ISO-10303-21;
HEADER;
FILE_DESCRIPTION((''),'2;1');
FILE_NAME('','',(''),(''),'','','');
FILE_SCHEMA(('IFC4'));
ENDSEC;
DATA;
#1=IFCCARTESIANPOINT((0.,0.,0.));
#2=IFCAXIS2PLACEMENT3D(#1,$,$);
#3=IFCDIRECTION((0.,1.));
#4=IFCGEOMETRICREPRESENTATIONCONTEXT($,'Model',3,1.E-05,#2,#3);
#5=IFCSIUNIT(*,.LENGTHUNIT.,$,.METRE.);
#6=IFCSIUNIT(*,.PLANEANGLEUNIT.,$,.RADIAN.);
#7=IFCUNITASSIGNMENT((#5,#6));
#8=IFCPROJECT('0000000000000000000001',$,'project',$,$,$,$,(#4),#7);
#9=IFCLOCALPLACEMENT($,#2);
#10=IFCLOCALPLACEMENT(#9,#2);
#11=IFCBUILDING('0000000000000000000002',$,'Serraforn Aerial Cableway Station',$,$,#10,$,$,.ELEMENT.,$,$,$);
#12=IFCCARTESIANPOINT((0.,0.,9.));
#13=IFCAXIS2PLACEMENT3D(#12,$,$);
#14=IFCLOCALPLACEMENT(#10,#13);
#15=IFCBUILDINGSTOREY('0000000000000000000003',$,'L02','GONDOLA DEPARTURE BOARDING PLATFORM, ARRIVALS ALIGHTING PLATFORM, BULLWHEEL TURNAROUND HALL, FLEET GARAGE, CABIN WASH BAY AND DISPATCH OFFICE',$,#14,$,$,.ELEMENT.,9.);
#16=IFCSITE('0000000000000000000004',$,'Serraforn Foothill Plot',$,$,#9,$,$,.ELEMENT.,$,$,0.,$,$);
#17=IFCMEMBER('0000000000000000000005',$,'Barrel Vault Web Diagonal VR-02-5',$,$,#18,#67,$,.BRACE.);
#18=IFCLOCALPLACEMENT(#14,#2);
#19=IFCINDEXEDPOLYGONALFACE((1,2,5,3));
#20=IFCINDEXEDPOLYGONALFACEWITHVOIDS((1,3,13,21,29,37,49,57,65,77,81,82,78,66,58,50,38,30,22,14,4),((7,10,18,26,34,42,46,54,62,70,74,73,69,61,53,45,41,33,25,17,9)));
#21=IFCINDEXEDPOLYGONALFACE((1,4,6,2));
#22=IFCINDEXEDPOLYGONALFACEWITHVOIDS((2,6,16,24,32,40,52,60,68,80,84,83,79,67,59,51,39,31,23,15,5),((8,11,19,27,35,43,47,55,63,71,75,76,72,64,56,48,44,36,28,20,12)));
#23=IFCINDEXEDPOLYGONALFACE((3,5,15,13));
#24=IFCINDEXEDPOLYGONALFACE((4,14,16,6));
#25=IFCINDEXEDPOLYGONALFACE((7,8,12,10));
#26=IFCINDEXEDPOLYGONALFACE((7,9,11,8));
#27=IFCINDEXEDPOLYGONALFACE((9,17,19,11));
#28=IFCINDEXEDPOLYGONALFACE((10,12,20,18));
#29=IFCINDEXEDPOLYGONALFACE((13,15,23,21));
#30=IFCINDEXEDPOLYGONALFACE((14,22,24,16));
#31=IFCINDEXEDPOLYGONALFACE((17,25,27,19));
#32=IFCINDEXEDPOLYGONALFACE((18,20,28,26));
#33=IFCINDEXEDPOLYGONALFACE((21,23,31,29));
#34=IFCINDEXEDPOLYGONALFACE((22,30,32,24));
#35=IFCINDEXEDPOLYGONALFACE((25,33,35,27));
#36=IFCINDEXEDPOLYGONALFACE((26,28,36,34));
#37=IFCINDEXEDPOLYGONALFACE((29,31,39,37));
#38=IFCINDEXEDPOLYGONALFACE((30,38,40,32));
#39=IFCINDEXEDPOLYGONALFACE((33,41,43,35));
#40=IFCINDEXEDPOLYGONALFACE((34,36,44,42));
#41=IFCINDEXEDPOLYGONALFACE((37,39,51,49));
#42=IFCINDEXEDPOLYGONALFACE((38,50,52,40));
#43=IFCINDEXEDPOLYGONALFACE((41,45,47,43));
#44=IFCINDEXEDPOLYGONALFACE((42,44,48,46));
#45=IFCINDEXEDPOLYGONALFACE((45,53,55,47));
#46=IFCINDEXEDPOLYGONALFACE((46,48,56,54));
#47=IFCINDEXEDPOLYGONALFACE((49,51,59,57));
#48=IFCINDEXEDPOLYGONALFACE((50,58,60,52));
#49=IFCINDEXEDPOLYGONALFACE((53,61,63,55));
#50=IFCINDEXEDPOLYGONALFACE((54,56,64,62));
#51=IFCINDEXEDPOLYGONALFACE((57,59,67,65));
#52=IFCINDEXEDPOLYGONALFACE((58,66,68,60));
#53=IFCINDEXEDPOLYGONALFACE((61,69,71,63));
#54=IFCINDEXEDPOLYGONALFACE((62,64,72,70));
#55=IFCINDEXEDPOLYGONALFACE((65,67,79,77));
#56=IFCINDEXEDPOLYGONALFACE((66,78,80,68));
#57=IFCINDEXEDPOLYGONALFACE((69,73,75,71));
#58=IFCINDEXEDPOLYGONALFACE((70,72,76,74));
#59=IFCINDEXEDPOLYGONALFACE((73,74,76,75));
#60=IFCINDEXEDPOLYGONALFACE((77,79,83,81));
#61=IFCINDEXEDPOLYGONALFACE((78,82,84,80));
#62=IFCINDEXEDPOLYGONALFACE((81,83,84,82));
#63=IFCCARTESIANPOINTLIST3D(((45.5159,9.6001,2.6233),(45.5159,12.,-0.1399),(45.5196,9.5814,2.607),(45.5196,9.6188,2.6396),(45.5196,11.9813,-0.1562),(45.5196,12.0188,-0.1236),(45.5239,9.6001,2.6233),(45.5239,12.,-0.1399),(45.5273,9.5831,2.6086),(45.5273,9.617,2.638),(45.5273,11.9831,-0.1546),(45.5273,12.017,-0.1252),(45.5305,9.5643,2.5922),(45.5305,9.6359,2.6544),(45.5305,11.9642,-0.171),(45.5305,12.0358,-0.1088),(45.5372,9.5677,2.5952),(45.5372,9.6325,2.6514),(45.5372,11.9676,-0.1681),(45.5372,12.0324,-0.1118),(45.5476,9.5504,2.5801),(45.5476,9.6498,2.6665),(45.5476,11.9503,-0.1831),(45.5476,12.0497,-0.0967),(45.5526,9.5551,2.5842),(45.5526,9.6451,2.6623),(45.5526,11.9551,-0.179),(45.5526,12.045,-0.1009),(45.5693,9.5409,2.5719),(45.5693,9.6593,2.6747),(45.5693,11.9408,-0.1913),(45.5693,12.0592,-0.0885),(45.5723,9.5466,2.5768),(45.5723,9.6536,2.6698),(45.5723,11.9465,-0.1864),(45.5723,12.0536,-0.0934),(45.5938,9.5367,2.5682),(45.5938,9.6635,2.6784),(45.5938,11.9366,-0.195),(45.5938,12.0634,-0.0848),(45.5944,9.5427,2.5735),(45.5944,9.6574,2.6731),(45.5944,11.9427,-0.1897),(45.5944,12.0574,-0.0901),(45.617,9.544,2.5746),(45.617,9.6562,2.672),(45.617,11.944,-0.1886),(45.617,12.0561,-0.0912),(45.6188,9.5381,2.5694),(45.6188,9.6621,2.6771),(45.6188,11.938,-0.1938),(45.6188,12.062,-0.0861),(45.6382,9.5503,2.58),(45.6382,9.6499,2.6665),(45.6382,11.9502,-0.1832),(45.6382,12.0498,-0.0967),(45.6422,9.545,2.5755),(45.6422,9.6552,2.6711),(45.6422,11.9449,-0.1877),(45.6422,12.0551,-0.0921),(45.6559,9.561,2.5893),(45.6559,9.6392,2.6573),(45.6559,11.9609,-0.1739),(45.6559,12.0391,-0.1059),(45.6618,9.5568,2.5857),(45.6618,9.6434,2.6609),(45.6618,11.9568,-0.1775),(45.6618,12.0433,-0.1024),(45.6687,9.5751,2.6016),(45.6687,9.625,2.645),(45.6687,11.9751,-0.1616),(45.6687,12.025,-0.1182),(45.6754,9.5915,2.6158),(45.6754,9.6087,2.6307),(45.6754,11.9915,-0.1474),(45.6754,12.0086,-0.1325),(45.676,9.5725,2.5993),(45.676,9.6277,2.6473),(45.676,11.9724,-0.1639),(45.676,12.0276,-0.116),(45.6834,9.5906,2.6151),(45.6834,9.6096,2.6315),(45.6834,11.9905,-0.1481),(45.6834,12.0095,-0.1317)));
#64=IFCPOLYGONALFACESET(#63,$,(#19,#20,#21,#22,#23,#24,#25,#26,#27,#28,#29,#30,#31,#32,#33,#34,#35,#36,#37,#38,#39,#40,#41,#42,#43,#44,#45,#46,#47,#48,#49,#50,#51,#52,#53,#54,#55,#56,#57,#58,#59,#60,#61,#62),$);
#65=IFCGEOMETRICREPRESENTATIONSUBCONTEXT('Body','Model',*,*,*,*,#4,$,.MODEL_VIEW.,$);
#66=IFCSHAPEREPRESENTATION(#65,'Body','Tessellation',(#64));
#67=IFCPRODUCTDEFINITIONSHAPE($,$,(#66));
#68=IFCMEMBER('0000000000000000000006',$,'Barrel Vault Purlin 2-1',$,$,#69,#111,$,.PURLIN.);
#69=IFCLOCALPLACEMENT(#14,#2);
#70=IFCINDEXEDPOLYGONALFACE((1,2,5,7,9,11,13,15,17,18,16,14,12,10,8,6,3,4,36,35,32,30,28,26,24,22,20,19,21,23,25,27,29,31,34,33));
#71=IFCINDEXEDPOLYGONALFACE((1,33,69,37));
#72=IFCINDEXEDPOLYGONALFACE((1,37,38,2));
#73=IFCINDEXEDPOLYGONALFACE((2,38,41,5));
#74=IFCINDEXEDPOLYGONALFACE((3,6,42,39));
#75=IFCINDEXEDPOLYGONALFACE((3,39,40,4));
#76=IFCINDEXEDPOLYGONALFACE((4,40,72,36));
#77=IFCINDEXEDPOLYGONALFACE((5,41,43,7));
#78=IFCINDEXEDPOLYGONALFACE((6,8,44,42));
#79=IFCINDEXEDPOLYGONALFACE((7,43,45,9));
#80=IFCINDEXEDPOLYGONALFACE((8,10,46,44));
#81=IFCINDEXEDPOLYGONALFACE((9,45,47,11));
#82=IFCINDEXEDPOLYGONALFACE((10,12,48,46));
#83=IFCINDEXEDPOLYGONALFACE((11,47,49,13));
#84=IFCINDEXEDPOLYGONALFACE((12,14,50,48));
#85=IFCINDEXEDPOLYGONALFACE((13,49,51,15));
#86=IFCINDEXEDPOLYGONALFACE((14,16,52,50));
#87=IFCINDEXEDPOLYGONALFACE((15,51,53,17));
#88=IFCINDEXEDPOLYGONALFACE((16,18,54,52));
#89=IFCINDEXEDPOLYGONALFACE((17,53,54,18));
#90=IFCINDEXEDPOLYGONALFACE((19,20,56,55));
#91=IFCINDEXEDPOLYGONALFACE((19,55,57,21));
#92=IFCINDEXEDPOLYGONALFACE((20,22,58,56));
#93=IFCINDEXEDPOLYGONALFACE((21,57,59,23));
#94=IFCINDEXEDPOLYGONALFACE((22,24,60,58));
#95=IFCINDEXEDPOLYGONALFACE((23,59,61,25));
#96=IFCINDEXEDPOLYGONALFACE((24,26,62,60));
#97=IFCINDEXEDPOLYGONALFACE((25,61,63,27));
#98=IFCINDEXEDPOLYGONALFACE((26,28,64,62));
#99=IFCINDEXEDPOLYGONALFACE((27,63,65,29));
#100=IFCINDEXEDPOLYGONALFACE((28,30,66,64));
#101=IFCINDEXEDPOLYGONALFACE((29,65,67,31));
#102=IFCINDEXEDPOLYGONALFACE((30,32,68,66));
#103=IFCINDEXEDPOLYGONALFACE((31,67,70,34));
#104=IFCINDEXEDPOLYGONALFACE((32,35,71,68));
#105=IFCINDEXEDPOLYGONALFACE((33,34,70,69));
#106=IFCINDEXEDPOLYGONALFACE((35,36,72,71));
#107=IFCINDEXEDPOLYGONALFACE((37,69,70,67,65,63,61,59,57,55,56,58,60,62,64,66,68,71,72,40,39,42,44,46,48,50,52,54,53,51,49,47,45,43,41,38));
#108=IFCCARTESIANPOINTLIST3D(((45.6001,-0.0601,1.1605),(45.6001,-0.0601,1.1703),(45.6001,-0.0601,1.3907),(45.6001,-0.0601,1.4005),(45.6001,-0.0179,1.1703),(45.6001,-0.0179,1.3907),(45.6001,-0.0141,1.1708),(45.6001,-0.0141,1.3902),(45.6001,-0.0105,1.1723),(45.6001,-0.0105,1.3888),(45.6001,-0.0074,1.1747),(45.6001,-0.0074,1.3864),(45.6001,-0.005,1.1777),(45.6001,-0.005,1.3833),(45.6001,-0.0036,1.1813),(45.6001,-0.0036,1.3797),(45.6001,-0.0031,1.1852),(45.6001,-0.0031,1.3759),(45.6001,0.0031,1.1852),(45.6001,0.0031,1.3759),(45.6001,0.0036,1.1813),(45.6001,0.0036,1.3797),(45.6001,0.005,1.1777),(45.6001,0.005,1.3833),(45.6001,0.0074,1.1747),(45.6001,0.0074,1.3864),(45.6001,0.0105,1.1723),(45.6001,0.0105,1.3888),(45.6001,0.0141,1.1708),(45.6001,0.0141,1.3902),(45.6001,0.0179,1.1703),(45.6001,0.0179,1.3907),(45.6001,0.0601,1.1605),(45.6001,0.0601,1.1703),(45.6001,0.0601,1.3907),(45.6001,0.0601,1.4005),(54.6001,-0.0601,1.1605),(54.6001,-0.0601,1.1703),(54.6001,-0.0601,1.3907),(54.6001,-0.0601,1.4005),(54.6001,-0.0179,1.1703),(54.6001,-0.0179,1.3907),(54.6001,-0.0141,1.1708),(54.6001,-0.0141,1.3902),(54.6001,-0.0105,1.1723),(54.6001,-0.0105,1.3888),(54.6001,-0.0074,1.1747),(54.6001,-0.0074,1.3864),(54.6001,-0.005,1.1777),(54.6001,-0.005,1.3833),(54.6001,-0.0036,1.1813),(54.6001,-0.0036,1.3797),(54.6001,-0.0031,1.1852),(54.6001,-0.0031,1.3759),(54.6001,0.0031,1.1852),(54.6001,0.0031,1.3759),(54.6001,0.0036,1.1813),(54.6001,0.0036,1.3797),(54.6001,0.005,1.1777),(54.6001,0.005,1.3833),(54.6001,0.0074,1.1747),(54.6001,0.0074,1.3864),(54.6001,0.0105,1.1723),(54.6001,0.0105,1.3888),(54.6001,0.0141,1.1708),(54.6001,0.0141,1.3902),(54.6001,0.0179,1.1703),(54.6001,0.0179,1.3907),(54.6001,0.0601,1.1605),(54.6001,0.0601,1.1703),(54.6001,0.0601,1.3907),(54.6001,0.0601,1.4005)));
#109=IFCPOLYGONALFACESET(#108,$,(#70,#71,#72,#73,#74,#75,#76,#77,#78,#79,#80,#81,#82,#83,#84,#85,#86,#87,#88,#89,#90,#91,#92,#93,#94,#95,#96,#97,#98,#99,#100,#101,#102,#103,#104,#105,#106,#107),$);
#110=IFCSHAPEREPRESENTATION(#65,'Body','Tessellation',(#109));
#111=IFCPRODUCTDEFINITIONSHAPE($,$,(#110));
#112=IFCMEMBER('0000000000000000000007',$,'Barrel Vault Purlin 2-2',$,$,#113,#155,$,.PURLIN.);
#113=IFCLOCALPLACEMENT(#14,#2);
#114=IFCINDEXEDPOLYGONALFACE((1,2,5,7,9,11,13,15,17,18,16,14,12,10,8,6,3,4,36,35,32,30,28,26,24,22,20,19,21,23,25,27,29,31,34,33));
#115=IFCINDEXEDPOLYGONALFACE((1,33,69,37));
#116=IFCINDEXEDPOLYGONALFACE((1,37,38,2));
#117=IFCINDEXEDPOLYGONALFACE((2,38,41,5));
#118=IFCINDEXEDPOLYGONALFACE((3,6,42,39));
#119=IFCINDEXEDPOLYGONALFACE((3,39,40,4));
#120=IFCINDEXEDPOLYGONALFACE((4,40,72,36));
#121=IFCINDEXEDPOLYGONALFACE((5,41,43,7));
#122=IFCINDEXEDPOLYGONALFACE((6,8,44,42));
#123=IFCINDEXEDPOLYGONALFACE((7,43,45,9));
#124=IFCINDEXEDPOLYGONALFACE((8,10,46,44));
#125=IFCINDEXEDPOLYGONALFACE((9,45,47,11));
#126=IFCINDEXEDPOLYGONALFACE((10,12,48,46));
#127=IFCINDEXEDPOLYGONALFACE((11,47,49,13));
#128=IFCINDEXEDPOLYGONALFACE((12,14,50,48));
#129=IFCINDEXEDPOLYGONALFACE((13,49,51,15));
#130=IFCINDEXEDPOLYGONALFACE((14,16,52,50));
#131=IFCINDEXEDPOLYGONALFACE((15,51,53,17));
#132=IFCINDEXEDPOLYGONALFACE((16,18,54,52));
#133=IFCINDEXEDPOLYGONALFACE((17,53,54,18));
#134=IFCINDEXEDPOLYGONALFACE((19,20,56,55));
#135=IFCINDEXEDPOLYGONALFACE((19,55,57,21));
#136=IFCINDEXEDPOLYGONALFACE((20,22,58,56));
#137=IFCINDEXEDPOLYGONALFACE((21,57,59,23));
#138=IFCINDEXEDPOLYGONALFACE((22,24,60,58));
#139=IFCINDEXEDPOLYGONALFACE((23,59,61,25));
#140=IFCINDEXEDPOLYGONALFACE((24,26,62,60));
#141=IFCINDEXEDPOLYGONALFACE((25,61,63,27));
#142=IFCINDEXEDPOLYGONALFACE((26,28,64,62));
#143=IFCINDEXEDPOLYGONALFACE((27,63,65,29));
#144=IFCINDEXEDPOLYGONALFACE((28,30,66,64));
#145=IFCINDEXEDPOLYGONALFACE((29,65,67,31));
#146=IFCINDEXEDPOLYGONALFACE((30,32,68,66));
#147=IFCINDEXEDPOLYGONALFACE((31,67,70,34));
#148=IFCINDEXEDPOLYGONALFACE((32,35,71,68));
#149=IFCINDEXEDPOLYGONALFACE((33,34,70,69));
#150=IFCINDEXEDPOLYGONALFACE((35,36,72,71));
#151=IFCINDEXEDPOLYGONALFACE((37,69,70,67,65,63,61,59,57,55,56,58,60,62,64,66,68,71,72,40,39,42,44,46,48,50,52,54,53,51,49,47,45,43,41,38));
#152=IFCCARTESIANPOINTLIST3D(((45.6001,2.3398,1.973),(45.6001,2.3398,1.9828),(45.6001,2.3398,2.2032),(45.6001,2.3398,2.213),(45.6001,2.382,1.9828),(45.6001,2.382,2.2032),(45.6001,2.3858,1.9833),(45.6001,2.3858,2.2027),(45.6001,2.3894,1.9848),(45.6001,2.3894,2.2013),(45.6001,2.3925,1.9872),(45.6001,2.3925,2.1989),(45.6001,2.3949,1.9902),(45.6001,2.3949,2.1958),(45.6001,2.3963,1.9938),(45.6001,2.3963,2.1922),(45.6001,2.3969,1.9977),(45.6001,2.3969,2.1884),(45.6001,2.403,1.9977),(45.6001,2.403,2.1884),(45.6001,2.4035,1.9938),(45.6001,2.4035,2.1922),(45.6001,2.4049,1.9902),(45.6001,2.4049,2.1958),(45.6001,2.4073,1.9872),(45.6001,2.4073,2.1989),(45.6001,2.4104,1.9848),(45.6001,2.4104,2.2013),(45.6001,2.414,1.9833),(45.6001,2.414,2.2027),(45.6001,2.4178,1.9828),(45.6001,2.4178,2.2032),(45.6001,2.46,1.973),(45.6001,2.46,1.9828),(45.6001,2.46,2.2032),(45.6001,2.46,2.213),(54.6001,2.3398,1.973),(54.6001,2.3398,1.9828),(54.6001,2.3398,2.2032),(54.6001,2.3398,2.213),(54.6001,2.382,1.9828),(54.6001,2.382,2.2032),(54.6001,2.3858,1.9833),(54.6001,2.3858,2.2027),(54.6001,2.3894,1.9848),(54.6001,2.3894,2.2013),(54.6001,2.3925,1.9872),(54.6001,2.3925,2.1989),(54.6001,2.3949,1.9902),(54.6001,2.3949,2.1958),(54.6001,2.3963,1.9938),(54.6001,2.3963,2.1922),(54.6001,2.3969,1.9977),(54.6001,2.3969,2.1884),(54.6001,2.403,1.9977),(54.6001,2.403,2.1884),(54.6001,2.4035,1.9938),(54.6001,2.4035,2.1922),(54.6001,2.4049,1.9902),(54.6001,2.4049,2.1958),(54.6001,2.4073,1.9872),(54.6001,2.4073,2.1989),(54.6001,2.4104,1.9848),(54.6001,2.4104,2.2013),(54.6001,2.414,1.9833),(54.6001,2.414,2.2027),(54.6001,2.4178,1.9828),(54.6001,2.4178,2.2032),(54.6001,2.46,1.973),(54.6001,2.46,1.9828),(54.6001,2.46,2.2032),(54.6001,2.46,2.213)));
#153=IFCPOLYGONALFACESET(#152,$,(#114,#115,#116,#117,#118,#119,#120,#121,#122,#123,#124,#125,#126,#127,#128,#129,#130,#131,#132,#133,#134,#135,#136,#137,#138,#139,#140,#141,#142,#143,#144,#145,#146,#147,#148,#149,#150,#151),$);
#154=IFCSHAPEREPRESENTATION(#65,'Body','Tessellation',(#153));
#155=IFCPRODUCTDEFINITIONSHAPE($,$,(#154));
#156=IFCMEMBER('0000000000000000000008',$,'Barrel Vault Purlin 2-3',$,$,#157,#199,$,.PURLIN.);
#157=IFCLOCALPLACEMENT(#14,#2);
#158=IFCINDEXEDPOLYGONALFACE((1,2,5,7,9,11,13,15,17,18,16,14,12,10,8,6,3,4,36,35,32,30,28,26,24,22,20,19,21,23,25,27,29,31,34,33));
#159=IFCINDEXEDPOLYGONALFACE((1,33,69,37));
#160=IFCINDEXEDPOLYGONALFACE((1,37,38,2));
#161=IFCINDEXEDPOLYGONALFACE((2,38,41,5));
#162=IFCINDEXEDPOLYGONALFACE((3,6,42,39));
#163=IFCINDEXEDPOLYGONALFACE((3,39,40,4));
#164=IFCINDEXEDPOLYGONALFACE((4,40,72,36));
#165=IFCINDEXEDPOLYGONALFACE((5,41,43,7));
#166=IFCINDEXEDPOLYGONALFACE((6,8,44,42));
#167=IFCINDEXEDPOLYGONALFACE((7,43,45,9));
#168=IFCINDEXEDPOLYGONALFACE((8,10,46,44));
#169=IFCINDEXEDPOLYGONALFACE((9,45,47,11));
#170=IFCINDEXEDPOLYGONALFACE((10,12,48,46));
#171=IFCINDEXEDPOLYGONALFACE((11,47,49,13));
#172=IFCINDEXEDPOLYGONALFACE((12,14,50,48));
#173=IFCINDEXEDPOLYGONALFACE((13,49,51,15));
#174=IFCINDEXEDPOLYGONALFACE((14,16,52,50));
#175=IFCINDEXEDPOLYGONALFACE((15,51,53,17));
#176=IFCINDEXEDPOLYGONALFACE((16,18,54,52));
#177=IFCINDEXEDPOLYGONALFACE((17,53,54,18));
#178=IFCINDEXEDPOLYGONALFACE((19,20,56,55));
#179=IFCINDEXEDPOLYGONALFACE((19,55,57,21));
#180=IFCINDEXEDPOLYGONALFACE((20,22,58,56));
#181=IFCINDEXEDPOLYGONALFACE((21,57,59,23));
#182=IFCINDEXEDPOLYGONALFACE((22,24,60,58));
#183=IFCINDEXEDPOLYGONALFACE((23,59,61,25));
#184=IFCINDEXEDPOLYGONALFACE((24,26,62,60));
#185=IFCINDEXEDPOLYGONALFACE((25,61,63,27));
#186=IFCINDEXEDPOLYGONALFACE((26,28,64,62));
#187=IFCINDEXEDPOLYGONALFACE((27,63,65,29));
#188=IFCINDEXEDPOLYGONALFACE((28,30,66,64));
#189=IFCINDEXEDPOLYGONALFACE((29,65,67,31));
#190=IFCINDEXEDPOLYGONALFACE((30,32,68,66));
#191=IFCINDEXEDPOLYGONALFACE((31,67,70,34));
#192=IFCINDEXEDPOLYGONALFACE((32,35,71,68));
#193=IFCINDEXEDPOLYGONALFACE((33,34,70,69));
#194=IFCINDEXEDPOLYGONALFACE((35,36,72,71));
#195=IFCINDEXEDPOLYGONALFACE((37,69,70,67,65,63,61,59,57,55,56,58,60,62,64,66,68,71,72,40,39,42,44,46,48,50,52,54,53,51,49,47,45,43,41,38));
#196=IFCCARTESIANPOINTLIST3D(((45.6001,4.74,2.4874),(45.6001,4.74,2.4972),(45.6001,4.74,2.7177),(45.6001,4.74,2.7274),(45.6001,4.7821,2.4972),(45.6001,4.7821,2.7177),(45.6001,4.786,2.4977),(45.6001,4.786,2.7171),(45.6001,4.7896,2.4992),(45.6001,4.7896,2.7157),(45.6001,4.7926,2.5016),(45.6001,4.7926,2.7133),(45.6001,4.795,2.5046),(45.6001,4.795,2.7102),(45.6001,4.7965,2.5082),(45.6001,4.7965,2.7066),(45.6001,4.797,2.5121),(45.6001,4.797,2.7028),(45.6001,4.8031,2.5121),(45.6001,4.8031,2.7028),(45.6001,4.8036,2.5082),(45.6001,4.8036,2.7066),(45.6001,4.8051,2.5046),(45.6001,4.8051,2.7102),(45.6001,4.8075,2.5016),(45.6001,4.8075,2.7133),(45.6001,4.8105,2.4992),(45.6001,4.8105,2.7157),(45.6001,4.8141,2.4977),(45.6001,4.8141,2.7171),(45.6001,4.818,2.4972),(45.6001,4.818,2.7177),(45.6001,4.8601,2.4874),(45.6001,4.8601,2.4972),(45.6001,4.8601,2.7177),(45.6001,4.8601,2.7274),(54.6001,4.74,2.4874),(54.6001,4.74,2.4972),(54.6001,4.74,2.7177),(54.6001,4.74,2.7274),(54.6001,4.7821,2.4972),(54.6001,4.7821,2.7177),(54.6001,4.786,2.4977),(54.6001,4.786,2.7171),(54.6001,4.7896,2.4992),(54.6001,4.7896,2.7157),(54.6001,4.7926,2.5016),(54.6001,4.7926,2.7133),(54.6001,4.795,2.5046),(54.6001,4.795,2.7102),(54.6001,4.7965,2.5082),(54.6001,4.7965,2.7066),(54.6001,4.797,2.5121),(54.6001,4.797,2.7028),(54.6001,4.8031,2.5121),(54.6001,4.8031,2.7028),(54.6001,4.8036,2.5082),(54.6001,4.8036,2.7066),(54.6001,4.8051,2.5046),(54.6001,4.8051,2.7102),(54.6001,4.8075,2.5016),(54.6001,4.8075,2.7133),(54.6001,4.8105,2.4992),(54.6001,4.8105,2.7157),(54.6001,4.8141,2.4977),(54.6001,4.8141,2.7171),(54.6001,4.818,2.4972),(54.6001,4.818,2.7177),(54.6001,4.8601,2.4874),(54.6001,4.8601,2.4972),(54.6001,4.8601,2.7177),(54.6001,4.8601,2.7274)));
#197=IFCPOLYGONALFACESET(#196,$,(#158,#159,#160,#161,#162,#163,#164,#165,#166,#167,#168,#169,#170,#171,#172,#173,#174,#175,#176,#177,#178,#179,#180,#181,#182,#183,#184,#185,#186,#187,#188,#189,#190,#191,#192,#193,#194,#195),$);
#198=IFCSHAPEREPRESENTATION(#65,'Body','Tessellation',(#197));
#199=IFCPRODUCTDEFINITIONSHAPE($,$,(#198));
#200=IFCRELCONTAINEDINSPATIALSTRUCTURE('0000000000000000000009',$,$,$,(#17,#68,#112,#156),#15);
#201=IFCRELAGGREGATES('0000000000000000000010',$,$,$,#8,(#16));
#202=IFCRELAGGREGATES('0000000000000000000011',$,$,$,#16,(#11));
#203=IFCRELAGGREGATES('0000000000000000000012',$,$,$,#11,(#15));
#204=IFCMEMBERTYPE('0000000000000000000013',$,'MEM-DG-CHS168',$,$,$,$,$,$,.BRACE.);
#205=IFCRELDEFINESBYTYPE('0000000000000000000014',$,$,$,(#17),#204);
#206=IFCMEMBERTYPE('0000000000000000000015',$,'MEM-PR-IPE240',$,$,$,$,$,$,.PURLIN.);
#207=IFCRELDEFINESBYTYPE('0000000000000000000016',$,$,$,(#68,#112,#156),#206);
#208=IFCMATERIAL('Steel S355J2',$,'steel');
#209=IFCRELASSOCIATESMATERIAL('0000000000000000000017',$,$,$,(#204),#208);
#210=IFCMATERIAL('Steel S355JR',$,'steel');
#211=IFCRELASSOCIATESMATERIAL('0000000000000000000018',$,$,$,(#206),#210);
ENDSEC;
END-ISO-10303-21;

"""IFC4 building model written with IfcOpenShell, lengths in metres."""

from ifc_helpers import new_model, si_unit, direction, frame, origin, origin_2d, place, context, subcontext, project, spatial, hollow_circle, i_section, extrude, material, material_profile, profile_set, type_object, element, save


model = new_model("IFC4")

# Units and contexts
model_context = context("Model", 3, precision=1e-05, world=origin(), true_north=direction((0.0, 1.0)))
body_context = subcontext(model_context, "Body", "Model", "MODEL_VIEW")
ifc_project = project(units=[si_unit("LENGTHUNIT", "METRE"), si_unit("PLANEANGLEUNIT", "RADIAN")], contexts=[model_context])

# Site, building, storey
site_placement = place(None, origin())
site = spatial("IfcSite", under=ifc_project, at=site_placement, Name="Serraforn Foothill Plot", CompositionType="ELEMENT", RefElevation=0.0)
building_placement = place(site_placement, origin())
building = spatial("IfcBuilding", under=site, at=building_placement, Name="Serraforn Aerial Cableway Station", CompositionType="ELEMENT")
storey_placement = place(building_placement, frame((0.0, 0.0, 9.0)))
storey = spatial("IfcBuildingStorey", under=building, at=storey_placement, Name="L02", Description="GONDOLA DEPARTURE BOARDING PLATFORM, ARRIVALS ALIGHTING PLATFORM, BULLWHEEL TURNAROUND HALL, FLEET GARAGE, CABIN WASH BAY AND DISPATCH OFFICE", CompositionType="ELEMENT", Elevation=9.0)

# Shared definitions
ifc_material_1 = material(Name="Steel S355JR", Category="steel")

# Members
ifc_material_2 = material(Name="Steel S355J2", Category="steel")
ifc_material_profile_1 = material_profile(ifc_material_2, hollow_circle(Radius=0.0842, WallThickness=0.0081, at=origin_2d()), Name="CHS 168.3x8.0")
ifc_profile_set_1 = profile_set([ifc_material_profile_1], Name="Steel S355J2")
member_type_1 = type_object("IfcMemberType", Name="MEM-DG-CHS168", PredefinedType="BRACE", material=ifc_profile_set_1)
member_1_placement = place(storey_placement, frame((45.6001, 9.6001, 2.6233), z_axis=(0.0, 0.655733, -0.754993), x_axis=(-1.0, 0.0, 0.0)))
element("IfcMember", 1, at=member_1_placement, inside=storey, type_object=member_type_1, Name="Barrel Vault Web Diagonal VR-02-5", PredefinedType="BRACE", context=body_context, shape_type="SweptSolid", body=[
    extrude(hollow_circle(Radius=0.0842, WallThickness=0.0081, at=origin_2d()), origin(), (0.0, 0.0, 1.0), 3.6599),
])
ifc_material_profile_2 = material_profile(ifc_material_1, i_section(OverallWidth=0.1201, OverallDepth=0.24, WebThickness=0.0061, FlangeThickness=0.0098, FilletRadius=0.0149, at=origin_2d()), Name="IPE 240")
ifc_profile_set_2 = profile_set([ifc_material_profile_2], Name="Steel S355JR")
member_type_2 = type_object("IfcMemberType", Name="MEM-PR-IPE240", PredefinedType="PURLIN", material=ifc_profile_set_2)
for number, where, z_axis, x_axis, name in (
    (2, (45.6001, 0.0, 1.2805), (1.0, 0.0, 0.0), (0.0, 1.0, 0.0), "Barrel Vault Purlin 2-1"),
    (3, (45.6001, 2.3999, 2.093), (1.0, 0.0, 0.0), (0.0, 1.0, 0.0), "Barrel Vault Purlin 2-2"),
    (4, (45.6001, 4.8, 2.6074), (1.0, 0.0, 0.0), (0.0, 1.0, 0.0), "Barrel Vault Purlin 2-3"),
):
    element("IfcMember", number, at=place(storey_placement, frame(where, z_axis=z_axis, x_axis=x_axis)), inside=storey, type_object=member_type_2, Name=name, PredefinedType="PURLIN", context=body_context, shape_type="SweptSolid", body=[
        extrude(i_section(OverallWidth=0.1201, OverallDepth=0.24, WebThickness=0.0061, FlangeThickness=0.0098, FilletRadius=0.0149, at=origin_2d()), origin(), (0.0, 0.0, 1.0), 9.0),
    ])

save(model, "model.ifc")
